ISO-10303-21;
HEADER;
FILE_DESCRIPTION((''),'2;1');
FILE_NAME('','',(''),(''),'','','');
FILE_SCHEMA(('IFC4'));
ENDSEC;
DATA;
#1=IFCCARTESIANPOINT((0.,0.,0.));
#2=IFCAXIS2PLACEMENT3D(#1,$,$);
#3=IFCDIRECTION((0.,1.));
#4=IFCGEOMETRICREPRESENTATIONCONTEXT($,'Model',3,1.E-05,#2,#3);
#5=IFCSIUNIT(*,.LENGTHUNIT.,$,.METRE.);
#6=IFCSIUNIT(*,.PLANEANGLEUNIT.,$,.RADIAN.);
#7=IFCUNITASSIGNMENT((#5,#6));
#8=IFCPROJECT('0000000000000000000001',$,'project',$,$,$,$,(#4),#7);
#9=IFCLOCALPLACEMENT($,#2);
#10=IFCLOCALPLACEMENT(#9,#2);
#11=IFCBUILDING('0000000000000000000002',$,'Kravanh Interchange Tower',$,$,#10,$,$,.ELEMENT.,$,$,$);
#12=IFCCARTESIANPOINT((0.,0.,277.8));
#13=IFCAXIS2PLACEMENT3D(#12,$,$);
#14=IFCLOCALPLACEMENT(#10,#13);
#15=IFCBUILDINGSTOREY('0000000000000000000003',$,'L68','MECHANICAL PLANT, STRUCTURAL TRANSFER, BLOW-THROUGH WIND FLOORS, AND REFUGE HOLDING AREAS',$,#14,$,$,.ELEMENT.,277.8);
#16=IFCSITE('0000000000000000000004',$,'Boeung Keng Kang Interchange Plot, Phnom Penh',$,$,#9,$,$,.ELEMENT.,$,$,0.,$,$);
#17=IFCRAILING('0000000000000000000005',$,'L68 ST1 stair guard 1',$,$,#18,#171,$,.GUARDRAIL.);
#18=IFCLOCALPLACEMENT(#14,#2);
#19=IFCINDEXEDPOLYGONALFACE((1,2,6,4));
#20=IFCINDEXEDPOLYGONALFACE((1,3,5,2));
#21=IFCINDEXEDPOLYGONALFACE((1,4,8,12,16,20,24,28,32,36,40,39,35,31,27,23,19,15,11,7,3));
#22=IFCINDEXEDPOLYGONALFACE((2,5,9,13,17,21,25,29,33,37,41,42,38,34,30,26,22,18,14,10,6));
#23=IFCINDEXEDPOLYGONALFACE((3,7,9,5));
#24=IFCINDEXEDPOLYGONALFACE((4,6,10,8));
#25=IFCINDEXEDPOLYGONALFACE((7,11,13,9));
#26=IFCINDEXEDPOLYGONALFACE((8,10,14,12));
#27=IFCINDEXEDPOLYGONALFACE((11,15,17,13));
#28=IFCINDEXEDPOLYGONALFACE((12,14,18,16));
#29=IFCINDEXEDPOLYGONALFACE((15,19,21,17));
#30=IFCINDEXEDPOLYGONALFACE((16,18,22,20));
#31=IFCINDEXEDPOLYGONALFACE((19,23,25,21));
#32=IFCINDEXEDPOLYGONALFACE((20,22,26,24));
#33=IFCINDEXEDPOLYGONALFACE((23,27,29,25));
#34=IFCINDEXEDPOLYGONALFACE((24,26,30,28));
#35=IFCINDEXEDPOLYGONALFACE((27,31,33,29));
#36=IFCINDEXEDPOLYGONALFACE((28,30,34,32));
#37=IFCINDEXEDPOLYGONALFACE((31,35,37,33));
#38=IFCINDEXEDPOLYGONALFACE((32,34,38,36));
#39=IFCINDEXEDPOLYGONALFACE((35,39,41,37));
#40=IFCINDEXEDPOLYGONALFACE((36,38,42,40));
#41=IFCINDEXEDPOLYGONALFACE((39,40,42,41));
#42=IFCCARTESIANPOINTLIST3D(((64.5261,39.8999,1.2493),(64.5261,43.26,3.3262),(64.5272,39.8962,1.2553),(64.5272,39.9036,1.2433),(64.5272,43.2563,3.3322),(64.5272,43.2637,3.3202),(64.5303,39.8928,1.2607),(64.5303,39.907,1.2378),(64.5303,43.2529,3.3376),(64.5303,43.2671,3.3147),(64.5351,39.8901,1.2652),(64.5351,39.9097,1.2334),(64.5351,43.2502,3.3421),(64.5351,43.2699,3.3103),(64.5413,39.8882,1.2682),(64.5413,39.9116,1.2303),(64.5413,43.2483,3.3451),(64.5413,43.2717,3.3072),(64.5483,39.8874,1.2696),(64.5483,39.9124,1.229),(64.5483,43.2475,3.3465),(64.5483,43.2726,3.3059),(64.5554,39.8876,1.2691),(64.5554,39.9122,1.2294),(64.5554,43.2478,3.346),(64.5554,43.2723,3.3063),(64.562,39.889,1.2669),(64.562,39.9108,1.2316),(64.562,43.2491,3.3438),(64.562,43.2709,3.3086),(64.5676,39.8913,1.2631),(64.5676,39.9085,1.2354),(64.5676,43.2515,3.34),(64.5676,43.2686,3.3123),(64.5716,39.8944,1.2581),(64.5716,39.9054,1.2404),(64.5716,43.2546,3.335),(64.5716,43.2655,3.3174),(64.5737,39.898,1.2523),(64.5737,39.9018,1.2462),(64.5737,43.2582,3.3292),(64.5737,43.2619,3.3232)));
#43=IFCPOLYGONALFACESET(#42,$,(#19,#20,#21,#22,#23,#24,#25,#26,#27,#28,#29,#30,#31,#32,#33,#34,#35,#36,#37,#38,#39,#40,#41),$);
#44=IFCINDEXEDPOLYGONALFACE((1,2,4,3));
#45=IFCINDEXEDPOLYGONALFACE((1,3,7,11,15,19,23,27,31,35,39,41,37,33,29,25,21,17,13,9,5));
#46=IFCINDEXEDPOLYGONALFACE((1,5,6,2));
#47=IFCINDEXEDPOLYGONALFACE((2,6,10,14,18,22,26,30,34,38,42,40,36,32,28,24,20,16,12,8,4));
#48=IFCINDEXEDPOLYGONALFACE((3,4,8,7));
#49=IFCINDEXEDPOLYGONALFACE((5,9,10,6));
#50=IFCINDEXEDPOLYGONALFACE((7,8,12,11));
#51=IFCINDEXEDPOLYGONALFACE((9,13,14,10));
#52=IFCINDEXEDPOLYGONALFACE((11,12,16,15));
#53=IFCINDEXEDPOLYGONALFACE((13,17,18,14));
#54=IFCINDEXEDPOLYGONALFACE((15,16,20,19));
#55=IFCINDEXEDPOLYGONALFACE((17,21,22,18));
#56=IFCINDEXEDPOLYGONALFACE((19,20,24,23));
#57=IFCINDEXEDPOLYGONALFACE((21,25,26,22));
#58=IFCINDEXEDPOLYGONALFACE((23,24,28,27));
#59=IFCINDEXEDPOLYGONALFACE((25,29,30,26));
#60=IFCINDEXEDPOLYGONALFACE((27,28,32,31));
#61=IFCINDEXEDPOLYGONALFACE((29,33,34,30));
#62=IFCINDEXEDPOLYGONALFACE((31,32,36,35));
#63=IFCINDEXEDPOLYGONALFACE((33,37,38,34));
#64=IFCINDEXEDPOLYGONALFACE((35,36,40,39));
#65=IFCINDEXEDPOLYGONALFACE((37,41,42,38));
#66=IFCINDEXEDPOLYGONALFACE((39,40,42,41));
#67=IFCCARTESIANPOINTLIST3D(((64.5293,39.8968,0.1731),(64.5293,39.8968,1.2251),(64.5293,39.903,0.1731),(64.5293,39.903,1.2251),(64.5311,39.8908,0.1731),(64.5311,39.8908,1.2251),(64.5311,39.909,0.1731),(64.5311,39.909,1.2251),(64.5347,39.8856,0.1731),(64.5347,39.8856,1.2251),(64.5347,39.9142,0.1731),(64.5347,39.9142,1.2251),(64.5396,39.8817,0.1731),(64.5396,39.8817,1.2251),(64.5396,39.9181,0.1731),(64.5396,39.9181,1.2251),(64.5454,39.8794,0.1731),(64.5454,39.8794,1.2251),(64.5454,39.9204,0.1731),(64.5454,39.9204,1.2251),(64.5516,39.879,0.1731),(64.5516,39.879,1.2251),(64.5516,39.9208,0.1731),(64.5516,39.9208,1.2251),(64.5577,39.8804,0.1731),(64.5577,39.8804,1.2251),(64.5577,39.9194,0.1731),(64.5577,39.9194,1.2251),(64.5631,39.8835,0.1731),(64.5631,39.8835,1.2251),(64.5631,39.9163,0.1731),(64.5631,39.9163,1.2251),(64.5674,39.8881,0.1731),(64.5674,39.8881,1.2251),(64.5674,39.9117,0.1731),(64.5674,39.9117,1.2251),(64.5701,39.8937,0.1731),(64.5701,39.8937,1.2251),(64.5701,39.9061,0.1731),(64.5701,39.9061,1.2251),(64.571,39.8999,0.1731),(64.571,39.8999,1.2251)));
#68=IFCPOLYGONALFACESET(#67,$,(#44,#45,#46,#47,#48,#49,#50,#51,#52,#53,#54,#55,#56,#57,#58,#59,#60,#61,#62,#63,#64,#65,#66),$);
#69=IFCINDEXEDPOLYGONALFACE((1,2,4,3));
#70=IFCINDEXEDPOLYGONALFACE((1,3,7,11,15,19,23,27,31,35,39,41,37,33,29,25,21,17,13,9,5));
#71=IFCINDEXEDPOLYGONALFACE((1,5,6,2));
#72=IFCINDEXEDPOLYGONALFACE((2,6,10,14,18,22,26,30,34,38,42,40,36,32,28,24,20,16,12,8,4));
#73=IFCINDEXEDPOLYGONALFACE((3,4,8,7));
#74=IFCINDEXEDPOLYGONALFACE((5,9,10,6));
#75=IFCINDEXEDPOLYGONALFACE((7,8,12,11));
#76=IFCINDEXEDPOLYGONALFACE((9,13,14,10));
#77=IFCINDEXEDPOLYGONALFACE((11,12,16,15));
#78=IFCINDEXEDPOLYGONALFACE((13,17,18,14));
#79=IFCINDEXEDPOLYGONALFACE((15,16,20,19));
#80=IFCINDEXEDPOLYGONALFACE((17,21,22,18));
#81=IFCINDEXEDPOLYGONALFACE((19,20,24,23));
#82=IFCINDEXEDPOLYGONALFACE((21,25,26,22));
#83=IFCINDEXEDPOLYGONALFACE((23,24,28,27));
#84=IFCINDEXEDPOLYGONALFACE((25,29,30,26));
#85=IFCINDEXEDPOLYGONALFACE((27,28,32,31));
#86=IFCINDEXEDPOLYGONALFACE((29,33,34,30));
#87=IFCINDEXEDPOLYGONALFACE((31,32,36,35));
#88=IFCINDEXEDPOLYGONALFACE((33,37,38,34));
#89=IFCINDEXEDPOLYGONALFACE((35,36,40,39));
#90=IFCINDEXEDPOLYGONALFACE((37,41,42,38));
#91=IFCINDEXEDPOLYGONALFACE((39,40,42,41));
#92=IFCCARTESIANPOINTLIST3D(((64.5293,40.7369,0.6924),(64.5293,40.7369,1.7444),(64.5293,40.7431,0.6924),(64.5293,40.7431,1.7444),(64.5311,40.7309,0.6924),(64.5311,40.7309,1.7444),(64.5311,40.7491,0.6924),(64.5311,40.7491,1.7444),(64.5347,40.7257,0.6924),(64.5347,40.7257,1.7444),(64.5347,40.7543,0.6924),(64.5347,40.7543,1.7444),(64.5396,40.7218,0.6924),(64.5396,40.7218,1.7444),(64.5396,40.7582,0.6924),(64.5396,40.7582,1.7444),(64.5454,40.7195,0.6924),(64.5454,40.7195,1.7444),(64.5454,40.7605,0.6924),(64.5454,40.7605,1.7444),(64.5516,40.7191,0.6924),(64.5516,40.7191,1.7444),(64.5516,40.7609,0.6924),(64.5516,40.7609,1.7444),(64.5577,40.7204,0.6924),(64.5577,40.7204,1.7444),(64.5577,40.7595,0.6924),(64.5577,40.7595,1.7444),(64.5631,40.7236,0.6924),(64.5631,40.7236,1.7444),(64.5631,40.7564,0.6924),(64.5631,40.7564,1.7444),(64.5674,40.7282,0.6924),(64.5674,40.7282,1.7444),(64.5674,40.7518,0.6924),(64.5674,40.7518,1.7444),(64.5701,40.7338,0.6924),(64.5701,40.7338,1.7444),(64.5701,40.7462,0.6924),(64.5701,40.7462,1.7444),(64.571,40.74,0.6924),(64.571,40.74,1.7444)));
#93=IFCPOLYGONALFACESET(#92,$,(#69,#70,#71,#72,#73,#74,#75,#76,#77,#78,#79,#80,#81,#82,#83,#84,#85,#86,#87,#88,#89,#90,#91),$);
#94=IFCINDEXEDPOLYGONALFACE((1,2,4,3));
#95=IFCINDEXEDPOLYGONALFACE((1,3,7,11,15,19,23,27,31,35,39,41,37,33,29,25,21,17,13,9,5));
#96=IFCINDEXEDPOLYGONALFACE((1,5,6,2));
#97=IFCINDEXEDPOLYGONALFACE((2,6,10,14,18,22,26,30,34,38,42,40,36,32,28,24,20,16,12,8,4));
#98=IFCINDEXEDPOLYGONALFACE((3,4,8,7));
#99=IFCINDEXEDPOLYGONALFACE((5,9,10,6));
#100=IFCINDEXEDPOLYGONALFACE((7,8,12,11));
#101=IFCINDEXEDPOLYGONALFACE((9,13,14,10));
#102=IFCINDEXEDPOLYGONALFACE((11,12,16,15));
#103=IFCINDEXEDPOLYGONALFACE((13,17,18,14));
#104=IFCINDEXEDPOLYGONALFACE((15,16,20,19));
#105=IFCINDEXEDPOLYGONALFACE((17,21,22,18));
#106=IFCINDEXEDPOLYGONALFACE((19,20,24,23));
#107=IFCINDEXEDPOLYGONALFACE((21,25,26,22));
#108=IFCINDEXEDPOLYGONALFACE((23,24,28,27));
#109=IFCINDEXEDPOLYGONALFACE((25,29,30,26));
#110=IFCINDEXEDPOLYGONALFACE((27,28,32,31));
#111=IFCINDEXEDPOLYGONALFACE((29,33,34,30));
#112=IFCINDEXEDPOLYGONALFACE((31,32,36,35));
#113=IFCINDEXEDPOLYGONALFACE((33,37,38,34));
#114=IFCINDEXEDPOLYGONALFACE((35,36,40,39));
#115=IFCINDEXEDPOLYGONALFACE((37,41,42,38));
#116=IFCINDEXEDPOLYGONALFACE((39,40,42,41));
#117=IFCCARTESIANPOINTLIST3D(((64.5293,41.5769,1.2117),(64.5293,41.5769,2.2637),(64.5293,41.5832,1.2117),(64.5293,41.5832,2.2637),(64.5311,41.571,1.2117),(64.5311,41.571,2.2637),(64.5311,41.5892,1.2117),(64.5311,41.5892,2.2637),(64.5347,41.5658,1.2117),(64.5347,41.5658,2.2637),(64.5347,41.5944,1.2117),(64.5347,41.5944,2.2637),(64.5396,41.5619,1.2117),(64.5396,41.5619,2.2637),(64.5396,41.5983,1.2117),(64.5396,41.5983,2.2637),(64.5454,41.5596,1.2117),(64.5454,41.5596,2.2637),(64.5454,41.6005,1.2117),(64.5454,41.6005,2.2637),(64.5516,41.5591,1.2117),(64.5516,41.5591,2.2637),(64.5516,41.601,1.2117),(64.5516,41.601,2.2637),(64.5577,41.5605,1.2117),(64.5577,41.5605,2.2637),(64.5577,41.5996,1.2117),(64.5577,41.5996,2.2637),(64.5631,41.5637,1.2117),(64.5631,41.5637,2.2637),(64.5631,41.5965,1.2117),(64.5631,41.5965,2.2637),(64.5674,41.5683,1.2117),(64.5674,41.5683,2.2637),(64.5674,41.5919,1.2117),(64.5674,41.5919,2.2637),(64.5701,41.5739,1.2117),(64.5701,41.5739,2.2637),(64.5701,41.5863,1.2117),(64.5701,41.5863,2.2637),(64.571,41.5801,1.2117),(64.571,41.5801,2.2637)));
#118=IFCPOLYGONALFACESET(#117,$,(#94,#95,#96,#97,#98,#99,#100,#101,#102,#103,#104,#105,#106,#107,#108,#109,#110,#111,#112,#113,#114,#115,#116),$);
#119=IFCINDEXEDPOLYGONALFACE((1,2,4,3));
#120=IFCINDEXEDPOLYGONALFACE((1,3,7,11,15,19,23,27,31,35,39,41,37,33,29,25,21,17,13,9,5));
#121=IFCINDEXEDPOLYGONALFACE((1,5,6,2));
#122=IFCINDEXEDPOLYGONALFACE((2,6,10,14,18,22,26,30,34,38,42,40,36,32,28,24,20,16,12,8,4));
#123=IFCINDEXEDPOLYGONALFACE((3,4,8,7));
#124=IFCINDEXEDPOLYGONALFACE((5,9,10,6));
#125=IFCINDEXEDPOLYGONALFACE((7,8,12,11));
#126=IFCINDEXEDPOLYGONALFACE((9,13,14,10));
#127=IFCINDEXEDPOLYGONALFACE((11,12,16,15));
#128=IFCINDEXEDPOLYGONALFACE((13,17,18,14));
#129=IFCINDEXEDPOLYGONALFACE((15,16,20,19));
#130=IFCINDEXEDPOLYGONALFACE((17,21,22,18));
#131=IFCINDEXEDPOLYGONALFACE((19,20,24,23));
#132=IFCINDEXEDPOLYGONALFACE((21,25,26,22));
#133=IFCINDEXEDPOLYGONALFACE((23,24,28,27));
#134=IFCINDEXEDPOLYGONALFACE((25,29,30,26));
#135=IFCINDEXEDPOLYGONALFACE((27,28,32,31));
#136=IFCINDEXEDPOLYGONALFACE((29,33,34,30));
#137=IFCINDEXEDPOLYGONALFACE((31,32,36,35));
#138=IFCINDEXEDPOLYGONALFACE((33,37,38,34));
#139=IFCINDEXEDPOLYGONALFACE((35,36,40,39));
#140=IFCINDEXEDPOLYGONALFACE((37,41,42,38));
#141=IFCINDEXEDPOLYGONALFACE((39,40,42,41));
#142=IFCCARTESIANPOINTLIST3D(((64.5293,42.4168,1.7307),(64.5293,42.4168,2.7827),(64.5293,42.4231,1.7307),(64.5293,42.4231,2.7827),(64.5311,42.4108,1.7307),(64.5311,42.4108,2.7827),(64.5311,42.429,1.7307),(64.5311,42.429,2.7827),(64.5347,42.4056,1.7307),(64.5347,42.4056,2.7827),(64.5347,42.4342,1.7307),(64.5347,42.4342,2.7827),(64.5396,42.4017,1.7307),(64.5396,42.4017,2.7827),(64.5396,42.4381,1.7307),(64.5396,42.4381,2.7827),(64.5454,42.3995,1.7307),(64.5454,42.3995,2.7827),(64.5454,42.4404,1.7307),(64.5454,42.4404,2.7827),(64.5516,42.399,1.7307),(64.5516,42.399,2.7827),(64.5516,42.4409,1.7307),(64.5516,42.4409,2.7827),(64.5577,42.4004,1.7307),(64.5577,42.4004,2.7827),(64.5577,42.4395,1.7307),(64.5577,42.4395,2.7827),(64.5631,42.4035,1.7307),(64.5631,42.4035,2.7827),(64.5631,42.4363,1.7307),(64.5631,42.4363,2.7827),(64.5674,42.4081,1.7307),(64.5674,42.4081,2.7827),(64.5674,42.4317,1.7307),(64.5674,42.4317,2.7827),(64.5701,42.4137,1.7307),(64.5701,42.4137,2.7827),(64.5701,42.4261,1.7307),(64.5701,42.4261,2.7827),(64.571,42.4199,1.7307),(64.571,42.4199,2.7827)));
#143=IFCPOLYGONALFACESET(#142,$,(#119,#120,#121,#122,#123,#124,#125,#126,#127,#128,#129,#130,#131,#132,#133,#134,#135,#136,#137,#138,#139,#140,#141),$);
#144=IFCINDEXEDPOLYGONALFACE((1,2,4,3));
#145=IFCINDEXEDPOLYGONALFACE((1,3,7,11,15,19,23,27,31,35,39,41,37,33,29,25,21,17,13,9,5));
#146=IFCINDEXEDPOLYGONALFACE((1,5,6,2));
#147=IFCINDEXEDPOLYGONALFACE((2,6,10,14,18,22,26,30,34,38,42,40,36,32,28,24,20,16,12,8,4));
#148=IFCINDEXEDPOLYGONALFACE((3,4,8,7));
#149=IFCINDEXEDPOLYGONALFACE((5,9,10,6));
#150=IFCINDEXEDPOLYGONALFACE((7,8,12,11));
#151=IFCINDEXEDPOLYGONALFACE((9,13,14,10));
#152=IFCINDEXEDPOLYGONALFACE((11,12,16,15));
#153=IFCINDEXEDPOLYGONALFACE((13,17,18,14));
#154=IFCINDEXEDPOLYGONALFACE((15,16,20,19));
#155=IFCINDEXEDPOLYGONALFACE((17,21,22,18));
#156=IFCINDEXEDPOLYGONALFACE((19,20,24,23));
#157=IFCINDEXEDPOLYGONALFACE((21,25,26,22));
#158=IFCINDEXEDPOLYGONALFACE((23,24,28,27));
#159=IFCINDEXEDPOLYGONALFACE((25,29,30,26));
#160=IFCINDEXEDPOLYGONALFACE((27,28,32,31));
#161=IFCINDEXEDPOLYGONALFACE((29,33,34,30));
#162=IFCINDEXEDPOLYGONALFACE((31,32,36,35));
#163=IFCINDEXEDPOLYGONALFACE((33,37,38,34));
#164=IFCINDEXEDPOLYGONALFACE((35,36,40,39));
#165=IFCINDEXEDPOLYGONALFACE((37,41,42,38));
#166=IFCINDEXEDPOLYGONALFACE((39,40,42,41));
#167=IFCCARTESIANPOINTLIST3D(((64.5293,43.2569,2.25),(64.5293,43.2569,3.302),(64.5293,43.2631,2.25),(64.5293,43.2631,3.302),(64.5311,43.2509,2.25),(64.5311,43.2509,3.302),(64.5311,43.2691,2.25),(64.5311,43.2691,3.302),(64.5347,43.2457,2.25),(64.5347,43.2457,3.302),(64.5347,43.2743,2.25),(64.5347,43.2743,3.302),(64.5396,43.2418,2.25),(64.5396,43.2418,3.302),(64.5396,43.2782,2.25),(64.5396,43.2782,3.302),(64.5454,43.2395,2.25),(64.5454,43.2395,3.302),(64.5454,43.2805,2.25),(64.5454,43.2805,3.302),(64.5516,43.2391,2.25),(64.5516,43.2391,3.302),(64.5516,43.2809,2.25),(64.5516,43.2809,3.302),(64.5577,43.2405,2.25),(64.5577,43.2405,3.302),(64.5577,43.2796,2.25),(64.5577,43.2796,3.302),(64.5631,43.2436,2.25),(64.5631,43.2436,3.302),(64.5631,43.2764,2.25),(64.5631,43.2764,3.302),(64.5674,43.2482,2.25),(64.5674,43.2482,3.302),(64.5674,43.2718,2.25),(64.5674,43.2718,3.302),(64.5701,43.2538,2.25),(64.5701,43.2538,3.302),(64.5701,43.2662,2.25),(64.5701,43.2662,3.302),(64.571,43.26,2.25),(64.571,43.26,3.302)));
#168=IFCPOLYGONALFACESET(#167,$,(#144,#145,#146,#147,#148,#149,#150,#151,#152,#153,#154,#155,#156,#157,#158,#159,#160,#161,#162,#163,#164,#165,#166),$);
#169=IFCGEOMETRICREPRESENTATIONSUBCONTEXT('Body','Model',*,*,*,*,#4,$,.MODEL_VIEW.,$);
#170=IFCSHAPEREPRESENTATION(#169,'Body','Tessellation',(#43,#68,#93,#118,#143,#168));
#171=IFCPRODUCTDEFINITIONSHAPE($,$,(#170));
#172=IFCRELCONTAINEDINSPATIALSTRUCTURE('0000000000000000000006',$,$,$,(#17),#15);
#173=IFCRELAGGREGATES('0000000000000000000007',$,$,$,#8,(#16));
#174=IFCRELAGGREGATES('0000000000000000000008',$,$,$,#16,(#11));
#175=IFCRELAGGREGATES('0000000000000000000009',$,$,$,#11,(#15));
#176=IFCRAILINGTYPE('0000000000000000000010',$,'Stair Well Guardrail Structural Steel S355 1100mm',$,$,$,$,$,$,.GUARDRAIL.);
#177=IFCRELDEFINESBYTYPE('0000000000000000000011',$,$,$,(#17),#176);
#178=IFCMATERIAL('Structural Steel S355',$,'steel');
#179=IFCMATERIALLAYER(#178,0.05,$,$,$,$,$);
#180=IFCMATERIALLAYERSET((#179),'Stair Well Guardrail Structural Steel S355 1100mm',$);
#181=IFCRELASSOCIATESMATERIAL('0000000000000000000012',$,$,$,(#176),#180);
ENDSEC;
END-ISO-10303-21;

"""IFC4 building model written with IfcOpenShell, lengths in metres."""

from ifc_helpers import new_model, si_unit, direction, frame, origin, origin_2d, place, context, subcontext, project, spatial, circle, extrude, material, layer, layer_set, type_object, element, save


model = new_model("IFC4")

# Units and contexts
model_context = context("Model", 3, precision=1e-05, world=origin(), true_north=direction((0.0, 1.0)))
body_context = subcontext(model_context, "Body", "Model", "MODEL_VIEW")
ifc_project = project(units=[si_unit("LENGTHUNIT", "METRE"), si_unit("PLANEANGLEUNIT", "RADIAN")], contexts=[model_context])

# Site, building, storey
site_placement = place(None, origin())
site = spatial("IfcSite", under=ifc_project, at=site_placement, Name="Boeung Keng Kang Interchange Plot, Phnom Penh", CompositionType="ELEMENT", RefElevation=0.0)
building_placement = place(site_placement, origin())
building = spatial("IfcBuilding", under=site, at=building_placement, Name="Kravanh Interchange Tower", CompositionType="ELEMENT")
storey_placement = place(building_placement, frame((0.0, 0.0, 277.8)))
storey = spatial("IfcBuildingStorey", under=building, at=storey_placement, Name="L68", Description="MECHANICAL PLANT, STRUCTURAL TRANSFER, BLOW-THROUGH WIND FLOORS, AND REFUGE HOLDING AREAS", CompositionType="ELEMENT", Elevation=277.8)

# Railing
ifc_material_1 = material(Name="Structural Steel S355", Category="steel")
ifc_layer_1 = layer(ifc_material_1, 0.05)
ifc_layer_set_1 = layer_set([ifc_layer_1], Name="Stair Well Guardrail Structural Steel S355 1100mm")
railing_type_1 = type_object("IfcRailingType", Name="Stair Well Guardrail Structural Steel S355 1100mm", PredefinedType="GUARDRAIL", material=ifc_layer_set_1)
railing_1_placement = place(storey_placement, frame((64.55, 39.8999, 0.1731)))
element("IfcRailing", 1, at=railing_1_placement, inside=storey, type_object=railing_type_1, Name="L68 ST1 stair guard 1", PredefinedType="GUARDRAIL", context=body_context, shape_type="SweptSolid", body=[
    extrude(circle(Radius=0.0239, at=origin_2d()), frame((0.0, 0.0, 1.0762), z_axis=(0.0, 0.850623, 0.525776), x_axis=(-1.0, 0.0, 0.0)), (0.0, 0.0, 1.0), 3.9502),
    extrude(circle(Radius=0.021, at=origin_2d()), origin(), (0.0, 0.0, 1.0), 1.052),
    extrude(circle(Radius=0.021, at=origin_2d()), frame((0.0, 0.8401, 0.5193)), (0.0, 0.0, 1.0), 1.052),
    extrude(circle(Radius=0.021, at=origin_2d()), frame((0.0, 1.6802, 1.0386)), (0.0, 0.0, 1.0), 1.052),
    extrude(circle(Radius=0.021, at=origin_2d()), frame((0.0, 2.52, 1.5576)), (0.0, 0.0, 1.0), 1.052),
    extrude(circle(Radius=0.021, at=origin_2d()), frame((0.0, 3.3601, 2.0769)), (0.0, 0.0, 1.0), 1.052),
])

save(model, "model.ifc")
